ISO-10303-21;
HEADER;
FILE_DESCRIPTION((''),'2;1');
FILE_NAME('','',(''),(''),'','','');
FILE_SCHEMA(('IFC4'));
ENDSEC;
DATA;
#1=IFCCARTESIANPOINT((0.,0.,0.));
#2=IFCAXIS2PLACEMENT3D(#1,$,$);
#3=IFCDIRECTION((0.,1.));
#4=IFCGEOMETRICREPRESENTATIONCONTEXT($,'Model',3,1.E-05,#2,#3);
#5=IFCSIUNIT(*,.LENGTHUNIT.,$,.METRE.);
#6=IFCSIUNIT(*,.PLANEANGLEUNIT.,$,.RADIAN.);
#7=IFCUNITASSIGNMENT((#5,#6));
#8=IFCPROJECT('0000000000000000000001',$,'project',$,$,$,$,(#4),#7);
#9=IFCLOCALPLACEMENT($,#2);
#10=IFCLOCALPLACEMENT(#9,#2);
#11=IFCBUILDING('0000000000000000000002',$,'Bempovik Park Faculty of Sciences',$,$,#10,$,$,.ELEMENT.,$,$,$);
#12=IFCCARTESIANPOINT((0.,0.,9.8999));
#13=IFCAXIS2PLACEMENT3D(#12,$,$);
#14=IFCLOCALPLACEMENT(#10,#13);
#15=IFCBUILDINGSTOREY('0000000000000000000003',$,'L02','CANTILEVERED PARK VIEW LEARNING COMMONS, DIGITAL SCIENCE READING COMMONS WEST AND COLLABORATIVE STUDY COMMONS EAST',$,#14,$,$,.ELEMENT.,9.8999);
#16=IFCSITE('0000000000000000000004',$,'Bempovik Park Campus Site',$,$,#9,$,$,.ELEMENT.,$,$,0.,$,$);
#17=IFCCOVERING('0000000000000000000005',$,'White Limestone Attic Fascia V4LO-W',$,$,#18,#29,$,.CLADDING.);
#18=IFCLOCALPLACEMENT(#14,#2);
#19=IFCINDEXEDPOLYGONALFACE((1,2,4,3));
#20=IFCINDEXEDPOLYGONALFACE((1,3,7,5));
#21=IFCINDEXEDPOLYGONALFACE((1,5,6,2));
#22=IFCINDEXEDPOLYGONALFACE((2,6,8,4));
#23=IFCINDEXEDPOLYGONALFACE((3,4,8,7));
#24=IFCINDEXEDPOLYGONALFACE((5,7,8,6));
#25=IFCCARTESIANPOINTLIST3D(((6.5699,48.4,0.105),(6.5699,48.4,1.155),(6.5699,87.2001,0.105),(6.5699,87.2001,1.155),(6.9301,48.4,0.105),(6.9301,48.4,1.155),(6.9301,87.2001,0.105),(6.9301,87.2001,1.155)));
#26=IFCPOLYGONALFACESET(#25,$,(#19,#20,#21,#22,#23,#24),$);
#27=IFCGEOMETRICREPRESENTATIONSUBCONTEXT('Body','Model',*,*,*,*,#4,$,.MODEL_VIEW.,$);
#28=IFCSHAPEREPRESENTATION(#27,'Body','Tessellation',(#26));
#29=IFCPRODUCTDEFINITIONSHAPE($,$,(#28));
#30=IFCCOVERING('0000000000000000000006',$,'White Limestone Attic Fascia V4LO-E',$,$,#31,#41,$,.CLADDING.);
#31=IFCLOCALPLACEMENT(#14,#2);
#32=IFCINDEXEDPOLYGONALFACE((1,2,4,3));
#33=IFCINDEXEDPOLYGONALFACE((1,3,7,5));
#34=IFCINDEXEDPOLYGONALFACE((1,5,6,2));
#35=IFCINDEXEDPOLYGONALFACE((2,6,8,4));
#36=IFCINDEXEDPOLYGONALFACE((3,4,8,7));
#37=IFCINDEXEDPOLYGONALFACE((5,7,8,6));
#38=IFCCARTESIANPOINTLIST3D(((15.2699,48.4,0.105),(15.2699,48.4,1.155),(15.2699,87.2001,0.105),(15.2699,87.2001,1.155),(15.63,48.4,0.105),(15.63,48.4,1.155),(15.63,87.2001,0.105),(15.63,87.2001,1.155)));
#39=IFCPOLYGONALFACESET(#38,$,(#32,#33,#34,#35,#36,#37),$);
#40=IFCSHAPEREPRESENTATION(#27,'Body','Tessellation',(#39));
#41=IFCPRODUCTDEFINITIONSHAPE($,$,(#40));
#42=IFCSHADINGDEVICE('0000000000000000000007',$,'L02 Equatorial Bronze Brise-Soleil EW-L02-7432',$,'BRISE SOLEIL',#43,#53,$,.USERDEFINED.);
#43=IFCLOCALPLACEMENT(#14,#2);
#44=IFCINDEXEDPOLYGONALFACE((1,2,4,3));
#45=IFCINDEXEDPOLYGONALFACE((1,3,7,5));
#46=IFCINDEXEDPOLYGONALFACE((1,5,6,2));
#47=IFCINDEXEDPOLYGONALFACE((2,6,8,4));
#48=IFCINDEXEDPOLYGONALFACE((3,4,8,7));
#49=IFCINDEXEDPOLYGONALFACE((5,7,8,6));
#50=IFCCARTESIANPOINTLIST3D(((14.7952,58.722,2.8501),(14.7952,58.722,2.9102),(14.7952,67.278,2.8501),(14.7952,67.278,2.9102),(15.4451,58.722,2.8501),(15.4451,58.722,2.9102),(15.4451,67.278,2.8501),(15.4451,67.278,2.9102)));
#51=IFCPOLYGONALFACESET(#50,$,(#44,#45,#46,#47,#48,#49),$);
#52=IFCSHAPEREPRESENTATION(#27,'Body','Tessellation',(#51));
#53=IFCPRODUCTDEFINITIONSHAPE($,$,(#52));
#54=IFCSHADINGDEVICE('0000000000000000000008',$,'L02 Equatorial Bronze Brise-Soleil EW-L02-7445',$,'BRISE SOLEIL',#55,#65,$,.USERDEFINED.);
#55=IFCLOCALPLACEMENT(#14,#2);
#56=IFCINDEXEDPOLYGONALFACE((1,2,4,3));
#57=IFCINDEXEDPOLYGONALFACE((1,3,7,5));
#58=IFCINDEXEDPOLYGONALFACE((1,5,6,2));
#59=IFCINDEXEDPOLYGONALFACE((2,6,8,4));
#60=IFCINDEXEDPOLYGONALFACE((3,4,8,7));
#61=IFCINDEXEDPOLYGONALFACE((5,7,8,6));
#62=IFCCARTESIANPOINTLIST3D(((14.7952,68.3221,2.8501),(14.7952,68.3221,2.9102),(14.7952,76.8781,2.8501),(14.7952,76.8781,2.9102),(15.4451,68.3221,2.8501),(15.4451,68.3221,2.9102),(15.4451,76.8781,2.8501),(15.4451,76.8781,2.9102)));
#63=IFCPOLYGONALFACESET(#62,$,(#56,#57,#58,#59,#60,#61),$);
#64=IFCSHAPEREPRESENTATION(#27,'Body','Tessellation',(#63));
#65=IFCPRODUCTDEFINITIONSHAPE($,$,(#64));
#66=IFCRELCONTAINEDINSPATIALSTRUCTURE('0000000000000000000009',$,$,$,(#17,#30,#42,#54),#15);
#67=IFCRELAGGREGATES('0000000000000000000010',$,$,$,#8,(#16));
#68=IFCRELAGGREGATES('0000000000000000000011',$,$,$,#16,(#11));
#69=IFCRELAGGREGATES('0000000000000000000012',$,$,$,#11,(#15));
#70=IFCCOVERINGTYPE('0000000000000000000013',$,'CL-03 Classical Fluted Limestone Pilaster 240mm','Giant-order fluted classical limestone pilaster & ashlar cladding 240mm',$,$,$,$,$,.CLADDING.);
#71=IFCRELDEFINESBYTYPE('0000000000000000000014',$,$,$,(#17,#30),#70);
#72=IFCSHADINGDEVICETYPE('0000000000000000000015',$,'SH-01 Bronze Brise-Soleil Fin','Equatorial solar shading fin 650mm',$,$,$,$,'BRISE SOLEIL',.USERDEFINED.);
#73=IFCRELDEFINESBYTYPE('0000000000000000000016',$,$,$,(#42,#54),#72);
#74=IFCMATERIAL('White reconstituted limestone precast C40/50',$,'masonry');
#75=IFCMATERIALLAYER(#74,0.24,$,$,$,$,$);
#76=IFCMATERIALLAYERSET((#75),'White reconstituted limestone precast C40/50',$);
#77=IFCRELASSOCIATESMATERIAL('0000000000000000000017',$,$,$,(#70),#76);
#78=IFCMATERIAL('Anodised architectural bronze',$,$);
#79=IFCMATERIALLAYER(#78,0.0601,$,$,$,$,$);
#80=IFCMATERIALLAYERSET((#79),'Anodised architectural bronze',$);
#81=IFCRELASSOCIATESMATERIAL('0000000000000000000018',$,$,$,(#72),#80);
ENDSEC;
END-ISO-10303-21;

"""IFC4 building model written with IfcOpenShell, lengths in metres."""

from ifc_helpers import new_model, si_unit, direction, frame, origin, origin_2d, place, context, subcontext, project, spatial, rectangle, extrude, material, layer, layer_set, type_object, element, save


model = new_model("IFC4")

# Units and contexts
model_context = context("Model", 3, precision=1e-05, world=origin(), true_north=direction((0.0, 1.0)))
body_context = subcontext(model_context, "Body", "Model", "MODEL_VIEW")
ifc_project = project(units=[si_unit("LENGTHUNIT", "METRE"), si_unit("PLANEANGLEUNIT", "RADIAN")], contexts=[model_context])

# Site, building, storey
site_placement = place(None, origin())
site = spatial("IfcSite", under=ifc_project, at=site_placement, Name="Bempovik Park Campus Site", CompositionType="ELEMENT", RefElevation=0.0)
building_placement = place(site_placement, origin())
building = spatial("IfcBuilding", under=site, at=building_placement, Name="Bempovik Park Faculty of Sciences", CompositionType="ELEMENT")
storey_placement = place(building_placement, frame((0.0, 0.0, 9.8999)))
storey = spatial("IfcBuildingStorey", under=building, at=storey_placement, Name="L02", Description="CANTILEVERED PARK VIEW LEARNING COMMONS, DIGITAL SCIENCE READING COMMONS WEST AND COLLABORATIVE STUDY COMMONS EAST", CompositionType="ELEMENT", Elevation=9.8999)

# Coverings
ifc_material_1 = material(Name="White reconstituted limestone precast C40/50", Category="masonry")
ifc_layer_1 = layer(ifc_material_1, 0.24)
ifc_layer_set_1 = layer_set([ifc_layer_1], Name="White reconstituted limestone precast C40/50")
covering_type_1 = type_object("IfcCoveringType", Name="CL-03 Classical Fluted Limestone Pilaster 240mm", Description="Giant-order fluted classical limestone pilaster & ashlar cladding 240mm", PredefinedType="CLADDING", material=ifc_layer_set_1)
for number, where, z_axis, x_axis, name in (
    (1, (6.75, 67.8, 0.105), (0.0, 0.0, 1.0), (1.0, 0.0, 0.0), "White Limestone Attic Fascia V4LO-W"),
    (2, (15.45, 67.8, 0.105), (0.0, 0.0, 1.0), (1.0, 0.0, 0.0), "White Limestone Attic Fascia V4LO-E"),
):
    element("IfcCovering", number, at=place(storey_placement, frame(where, z_axis=z_axis, x_axis=x_axis)), inside=storey, type_object=covering_type_1, Name=name, PredefinedType="CLADDING", context=body_context, shape_type="SweptSolid", body=[
        extrude(rectangle(XDim=0.3601, YDim=38.8, at=origin_2d()), origin(), (0.0, 0.0, 1.0), 1.05),
    ])

# Shading devices
ifc_material_2 = material(Name="Anodised architectural bronze")
ifc_layer_2 = layer(ifc_material_2, 0.0601)
ifc_layer_set_2 = layer_set([ifc_layer_2], Name="Anodised architectural bronze")
shading_device_type = type_object("IfcShadingDeviceType", Name="SH-01 Bronze Brise-Soleil Fin", Description="Equatorial solar shading fin 650mm", ElementType="BRISE SOLEIL", PredefinedType="USERDEFINED", material=ifc_layer_set_2)
for number, where, z_axis, x_axis, name in (
    (3, (15.1201, 63.0, 2.8501), (0.0, 0.0, 1.0), (1.0, 0.0, 0.0), "L02 Equatorial Bronze Brise-Soleil EW-L02-7432"),
    (4, (15.1201, 72.6001, 2.8501), (0.0, 0.0, 1.0), (1.0, 0.0, 0.0), "L02 Equatorial Bronze Brise-Soleil EW-L02-7445"),
):
    element("IfcShadingDevice", number, at=place(storey_placement, frame(where, z_axis=z_axis, x_axis=x_axis)), inside=storey, type_object=shading_device_type, Name=name, ObjectType="BRISE SOLEIL", PredefinedType="USERDEFINED", context=body_context, shape_type="SweptSolid", body=[
        extrude(rectangle(XDim=0.6499, YDim=8.5559, at=origin_2d()), origin(), (0.0, 0.0, 1.0), 0.0601),
    ])

save(model, "model.ifc")
